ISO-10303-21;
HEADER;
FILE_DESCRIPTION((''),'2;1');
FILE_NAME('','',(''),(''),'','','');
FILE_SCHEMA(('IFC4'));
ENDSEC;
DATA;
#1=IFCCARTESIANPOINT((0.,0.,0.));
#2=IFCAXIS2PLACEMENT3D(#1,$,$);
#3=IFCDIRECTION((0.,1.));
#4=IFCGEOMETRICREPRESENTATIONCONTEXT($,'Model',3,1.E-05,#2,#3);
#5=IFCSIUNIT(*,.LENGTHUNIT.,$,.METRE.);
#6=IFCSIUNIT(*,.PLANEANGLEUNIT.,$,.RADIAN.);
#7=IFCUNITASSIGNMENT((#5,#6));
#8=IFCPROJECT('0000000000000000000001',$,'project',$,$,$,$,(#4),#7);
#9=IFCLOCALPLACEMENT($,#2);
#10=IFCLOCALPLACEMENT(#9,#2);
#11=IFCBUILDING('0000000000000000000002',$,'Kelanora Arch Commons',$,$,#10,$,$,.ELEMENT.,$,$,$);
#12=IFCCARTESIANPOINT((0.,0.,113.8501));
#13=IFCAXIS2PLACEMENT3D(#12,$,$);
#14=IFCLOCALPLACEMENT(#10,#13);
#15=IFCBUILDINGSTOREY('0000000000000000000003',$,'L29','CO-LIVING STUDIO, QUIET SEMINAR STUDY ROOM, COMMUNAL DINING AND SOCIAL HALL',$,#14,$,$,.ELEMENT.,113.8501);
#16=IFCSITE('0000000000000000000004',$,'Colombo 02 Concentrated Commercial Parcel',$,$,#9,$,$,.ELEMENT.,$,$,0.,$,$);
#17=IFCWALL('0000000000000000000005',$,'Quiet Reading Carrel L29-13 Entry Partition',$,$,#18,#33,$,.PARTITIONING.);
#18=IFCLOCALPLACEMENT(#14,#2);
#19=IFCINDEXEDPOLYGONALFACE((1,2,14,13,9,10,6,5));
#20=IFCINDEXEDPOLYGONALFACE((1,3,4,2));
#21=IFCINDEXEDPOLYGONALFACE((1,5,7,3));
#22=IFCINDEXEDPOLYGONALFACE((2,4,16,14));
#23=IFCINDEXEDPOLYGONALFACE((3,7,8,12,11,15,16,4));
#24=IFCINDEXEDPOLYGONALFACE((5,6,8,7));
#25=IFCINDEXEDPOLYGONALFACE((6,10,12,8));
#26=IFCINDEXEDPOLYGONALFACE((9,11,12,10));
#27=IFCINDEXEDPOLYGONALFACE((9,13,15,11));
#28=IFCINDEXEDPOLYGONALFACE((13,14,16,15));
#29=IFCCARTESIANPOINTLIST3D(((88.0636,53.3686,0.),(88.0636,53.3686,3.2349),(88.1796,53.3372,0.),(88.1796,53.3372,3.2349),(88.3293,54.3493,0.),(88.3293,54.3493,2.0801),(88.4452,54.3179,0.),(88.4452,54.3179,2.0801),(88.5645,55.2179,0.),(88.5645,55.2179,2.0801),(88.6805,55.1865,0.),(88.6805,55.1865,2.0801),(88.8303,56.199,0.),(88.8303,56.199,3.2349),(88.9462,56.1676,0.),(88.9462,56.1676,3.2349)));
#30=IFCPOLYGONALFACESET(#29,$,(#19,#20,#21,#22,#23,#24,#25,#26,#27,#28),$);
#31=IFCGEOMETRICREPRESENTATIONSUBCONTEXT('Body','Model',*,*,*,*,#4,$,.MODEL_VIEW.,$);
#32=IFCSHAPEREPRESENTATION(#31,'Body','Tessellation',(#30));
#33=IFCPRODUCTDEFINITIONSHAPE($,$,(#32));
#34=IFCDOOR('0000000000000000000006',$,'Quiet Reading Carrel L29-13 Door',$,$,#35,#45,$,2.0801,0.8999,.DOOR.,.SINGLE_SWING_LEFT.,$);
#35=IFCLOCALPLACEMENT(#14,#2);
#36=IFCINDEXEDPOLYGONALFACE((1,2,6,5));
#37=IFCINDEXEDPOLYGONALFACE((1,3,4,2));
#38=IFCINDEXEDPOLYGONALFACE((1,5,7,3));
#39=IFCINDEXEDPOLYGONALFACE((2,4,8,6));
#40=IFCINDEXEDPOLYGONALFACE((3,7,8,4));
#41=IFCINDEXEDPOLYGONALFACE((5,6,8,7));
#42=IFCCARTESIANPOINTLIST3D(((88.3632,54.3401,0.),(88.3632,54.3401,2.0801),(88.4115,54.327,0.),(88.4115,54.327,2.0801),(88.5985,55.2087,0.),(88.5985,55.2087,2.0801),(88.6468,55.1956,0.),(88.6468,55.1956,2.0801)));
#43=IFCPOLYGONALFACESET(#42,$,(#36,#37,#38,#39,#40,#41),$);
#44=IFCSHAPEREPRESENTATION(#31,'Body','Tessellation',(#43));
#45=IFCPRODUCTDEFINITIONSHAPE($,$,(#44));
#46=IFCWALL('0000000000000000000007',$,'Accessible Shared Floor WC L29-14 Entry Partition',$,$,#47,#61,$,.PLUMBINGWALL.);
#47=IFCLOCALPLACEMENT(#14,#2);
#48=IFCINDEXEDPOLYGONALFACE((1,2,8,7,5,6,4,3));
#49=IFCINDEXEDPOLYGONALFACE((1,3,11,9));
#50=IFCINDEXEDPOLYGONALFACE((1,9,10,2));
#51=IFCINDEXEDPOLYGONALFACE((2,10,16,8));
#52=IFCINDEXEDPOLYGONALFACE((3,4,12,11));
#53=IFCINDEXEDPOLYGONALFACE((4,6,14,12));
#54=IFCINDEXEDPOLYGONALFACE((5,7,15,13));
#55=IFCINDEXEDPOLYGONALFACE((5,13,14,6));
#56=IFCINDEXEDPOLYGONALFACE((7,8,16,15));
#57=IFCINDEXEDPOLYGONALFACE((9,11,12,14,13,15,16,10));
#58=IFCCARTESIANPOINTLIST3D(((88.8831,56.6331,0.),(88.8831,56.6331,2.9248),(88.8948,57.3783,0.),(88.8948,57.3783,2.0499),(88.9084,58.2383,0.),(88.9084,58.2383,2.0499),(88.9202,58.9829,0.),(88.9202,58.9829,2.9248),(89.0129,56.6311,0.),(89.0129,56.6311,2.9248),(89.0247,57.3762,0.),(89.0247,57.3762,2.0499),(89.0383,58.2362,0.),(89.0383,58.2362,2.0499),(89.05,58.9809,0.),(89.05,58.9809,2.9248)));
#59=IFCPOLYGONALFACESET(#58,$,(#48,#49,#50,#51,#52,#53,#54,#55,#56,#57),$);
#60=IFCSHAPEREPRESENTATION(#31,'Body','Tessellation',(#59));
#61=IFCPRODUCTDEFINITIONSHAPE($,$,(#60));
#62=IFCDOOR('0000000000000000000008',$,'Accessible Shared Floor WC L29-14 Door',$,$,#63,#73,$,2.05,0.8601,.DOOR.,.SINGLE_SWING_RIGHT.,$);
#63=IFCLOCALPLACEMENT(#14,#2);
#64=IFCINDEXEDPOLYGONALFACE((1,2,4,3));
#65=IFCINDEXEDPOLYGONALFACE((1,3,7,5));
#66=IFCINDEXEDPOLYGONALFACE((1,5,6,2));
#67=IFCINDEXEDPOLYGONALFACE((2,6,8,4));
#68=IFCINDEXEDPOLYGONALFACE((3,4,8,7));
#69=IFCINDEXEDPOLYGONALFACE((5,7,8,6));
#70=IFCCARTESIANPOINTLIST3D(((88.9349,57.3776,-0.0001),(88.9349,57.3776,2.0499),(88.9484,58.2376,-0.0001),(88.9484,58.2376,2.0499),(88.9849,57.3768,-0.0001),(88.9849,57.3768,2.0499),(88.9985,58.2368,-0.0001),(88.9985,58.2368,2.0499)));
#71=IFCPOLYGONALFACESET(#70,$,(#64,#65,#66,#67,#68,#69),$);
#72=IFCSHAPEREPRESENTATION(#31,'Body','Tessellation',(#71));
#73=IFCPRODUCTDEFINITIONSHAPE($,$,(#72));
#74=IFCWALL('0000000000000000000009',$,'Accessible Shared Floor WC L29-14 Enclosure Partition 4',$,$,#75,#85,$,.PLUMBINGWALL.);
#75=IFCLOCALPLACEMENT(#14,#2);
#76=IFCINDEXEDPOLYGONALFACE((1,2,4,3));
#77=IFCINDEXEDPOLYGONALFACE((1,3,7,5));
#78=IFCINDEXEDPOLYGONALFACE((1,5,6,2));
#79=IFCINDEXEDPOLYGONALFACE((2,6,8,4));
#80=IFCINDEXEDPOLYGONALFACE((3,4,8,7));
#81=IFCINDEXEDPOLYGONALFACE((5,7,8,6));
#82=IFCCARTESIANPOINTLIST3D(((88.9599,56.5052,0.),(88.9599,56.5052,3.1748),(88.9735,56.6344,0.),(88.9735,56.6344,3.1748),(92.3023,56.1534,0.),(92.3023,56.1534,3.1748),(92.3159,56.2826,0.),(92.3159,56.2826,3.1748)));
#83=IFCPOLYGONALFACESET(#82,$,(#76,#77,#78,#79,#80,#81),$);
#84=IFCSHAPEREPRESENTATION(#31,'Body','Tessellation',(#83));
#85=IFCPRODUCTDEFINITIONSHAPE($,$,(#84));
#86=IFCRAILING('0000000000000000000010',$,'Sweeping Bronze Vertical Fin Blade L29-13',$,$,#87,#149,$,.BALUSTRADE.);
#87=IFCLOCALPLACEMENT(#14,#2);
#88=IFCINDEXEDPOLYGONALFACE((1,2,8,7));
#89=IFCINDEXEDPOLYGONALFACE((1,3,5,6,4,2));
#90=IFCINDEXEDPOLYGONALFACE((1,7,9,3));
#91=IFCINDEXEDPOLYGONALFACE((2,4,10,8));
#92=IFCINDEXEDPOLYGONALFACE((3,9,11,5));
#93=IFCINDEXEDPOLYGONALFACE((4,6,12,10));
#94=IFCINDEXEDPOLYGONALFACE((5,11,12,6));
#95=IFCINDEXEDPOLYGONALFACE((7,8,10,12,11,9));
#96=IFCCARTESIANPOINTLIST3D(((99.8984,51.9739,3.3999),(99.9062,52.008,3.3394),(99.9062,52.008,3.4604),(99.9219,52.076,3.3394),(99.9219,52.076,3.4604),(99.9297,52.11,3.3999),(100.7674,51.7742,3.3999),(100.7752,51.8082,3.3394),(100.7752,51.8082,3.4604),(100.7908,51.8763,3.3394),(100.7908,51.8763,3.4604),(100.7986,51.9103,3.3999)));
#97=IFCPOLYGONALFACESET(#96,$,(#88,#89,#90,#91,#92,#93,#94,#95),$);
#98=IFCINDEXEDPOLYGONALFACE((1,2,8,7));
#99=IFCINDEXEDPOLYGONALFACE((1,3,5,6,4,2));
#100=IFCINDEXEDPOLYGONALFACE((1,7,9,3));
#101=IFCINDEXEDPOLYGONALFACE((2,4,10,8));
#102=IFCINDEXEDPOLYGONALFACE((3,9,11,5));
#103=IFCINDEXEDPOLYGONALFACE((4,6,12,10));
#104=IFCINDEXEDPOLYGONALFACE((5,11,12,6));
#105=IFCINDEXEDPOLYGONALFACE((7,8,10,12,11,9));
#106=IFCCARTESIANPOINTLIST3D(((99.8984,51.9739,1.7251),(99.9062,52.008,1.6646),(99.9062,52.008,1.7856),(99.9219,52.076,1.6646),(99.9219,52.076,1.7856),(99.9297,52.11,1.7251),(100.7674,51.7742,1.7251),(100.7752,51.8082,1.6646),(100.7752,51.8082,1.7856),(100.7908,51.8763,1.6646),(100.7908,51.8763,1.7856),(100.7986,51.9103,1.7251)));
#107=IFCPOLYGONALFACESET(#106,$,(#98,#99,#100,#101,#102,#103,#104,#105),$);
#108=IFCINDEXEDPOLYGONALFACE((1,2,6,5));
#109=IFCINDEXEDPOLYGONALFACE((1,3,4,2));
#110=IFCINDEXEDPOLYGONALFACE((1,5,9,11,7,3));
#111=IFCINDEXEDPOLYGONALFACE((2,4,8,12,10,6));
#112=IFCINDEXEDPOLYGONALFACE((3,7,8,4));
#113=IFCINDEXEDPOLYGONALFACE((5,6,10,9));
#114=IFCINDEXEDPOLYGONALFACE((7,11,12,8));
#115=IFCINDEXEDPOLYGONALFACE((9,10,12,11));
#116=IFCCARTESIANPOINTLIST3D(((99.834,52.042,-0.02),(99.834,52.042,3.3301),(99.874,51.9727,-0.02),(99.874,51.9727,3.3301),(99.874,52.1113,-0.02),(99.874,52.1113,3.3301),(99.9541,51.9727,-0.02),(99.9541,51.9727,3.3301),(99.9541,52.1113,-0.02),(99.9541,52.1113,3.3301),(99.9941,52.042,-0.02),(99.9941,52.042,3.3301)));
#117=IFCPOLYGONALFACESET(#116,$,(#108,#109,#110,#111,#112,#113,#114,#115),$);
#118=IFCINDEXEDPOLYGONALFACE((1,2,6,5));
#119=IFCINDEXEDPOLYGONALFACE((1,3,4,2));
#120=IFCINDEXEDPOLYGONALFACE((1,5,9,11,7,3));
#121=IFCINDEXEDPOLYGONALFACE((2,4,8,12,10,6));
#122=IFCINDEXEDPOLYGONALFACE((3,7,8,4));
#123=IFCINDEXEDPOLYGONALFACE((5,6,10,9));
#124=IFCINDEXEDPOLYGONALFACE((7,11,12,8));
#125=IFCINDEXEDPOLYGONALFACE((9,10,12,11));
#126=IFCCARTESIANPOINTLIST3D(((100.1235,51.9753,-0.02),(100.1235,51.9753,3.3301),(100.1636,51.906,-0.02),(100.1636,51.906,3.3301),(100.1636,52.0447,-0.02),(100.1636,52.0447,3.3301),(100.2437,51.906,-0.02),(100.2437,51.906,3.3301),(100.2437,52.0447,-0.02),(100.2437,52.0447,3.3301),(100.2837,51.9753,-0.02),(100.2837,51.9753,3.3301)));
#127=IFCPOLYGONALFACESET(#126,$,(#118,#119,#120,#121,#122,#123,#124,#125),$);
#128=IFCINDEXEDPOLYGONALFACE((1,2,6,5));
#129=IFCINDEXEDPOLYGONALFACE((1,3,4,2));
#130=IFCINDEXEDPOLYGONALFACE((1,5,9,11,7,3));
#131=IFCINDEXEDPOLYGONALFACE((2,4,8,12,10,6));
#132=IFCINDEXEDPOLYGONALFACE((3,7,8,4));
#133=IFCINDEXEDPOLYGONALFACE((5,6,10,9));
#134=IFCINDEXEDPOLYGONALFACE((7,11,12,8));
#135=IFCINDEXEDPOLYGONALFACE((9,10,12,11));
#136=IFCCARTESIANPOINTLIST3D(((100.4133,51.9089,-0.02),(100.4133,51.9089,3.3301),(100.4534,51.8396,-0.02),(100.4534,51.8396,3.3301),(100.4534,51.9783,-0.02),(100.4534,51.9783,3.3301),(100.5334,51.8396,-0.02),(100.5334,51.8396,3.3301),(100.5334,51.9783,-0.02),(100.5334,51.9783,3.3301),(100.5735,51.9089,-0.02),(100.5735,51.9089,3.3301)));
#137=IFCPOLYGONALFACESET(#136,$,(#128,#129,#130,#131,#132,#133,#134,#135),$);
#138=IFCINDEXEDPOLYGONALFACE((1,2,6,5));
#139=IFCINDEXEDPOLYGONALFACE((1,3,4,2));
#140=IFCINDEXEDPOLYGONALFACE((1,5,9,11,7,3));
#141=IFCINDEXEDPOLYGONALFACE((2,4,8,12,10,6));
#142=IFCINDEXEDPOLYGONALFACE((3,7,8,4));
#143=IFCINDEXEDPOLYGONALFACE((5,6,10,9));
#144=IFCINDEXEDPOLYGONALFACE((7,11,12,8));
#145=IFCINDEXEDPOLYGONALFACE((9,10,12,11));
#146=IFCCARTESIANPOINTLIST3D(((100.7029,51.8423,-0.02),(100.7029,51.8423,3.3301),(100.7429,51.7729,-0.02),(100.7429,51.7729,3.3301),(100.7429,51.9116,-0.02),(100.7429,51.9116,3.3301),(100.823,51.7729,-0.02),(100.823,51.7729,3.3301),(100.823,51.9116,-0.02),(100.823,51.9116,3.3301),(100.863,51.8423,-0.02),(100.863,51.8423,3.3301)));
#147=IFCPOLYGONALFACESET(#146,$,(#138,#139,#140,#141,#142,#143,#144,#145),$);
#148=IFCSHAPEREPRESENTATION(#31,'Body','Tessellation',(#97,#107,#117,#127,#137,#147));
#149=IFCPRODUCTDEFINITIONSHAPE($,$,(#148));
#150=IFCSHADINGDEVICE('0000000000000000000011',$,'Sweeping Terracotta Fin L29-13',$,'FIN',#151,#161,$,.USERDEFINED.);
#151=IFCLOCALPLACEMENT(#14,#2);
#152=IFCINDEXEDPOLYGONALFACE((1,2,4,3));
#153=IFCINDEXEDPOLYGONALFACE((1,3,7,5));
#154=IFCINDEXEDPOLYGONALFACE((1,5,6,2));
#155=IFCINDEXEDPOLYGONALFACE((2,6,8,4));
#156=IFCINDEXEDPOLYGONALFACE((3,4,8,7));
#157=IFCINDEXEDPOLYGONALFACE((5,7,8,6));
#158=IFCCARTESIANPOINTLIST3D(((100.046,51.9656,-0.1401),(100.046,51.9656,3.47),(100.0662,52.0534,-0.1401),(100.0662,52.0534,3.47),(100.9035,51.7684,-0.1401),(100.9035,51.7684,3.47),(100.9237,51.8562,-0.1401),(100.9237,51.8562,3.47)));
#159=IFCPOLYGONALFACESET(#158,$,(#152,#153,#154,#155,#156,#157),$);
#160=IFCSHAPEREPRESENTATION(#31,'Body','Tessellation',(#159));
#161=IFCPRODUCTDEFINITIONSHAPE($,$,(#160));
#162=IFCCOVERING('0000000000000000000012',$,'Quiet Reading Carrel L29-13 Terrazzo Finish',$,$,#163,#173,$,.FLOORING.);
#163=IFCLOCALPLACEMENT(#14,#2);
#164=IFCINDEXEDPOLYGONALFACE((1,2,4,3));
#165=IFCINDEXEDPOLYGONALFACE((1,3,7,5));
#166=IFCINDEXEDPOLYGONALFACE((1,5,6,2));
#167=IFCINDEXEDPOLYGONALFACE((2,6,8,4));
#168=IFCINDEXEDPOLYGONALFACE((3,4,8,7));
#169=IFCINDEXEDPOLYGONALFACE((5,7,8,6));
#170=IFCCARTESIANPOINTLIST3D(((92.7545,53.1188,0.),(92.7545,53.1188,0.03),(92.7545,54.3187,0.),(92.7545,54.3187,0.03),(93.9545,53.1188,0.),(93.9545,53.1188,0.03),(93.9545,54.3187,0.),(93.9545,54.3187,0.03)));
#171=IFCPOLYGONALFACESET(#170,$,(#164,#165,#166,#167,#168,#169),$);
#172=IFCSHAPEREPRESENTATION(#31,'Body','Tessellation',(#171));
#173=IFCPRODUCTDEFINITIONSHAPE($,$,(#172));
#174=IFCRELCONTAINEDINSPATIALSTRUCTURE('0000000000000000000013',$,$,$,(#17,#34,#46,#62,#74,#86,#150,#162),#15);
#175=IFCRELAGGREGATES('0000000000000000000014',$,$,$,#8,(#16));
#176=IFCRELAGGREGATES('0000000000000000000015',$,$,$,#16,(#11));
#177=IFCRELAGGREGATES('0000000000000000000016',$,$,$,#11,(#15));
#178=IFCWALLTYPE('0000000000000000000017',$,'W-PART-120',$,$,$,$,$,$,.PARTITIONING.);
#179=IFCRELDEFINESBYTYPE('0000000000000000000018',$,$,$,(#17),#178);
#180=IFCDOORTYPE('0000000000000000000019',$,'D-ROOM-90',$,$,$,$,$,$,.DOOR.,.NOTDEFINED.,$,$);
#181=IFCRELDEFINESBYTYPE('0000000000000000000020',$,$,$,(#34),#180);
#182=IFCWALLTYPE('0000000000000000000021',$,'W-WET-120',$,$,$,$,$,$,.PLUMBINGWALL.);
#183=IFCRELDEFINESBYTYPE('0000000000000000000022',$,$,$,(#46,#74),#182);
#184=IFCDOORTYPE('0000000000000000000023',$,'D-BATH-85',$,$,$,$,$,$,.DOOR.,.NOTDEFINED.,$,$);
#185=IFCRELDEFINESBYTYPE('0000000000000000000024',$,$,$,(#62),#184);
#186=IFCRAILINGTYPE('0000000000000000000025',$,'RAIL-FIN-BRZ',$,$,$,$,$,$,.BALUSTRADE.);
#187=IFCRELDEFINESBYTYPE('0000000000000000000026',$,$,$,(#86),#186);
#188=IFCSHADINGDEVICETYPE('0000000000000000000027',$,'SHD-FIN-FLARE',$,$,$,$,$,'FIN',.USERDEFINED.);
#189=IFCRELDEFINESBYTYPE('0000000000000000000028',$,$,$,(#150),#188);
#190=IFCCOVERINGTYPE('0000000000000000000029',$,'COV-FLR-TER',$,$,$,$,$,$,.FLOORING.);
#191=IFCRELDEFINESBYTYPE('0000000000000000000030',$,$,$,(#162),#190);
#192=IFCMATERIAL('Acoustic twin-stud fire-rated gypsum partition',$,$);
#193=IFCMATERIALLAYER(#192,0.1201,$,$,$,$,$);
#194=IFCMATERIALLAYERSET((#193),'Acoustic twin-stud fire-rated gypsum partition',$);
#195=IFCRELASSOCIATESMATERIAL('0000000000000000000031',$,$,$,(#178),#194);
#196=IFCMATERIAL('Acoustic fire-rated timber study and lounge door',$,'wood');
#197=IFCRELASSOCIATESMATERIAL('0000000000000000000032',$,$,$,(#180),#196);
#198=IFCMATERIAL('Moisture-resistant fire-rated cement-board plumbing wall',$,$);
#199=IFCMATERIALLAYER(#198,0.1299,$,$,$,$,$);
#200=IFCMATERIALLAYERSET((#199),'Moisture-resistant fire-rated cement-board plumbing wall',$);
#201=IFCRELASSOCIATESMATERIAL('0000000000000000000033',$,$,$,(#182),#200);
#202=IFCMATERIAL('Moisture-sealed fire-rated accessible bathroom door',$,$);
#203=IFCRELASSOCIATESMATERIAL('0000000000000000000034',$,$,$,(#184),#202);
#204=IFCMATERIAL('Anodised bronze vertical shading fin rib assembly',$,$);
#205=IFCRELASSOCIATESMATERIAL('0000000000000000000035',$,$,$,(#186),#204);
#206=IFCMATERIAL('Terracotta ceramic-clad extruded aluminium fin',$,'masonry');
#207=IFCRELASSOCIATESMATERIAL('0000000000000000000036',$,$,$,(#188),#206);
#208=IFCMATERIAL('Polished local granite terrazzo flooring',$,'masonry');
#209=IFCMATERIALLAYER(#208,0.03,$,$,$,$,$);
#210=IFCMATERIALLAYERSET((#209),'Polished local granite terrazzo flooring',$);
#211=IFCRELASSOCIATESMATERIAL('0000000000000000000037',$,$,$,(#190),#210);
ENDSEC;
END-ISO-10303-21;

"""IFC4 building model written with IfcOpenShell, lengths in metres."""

from ifc_helpers import new_model, si_unit, direction, frame, frame_2d, origin, origin_2d, place, context, subcontext, project, spatial, polyline, rectangle, outline, extrude, source, transform, mapped, material, layer, layer_set, type_object, element, fill, save


model = new_model("IFC4")

# Units and contexts
model_context = context("Model", 3, precision=1e-05, world=origin(), true_north=direction((0.0, 1.0)))
body_context = subcontext(model_context, "Body", "Model", "MODEL_VIEW")
ifc_project = project(units=[si_unit("LENGTHUNIT", "METRE"), si_unit("PLANEANGLEUNIT", "RADIAN")], contexts=[model_context])

# Site, building, storey
site_placement = place(None, origin())
site = spatial("IfcSite", under=ifc_project, at=site_placement, Name="Colombo 02 Concentrated Commercial Parcel", CompositionType="ELEMENT", RefElevation=0.0)
building_placement = place(site_placement, origin())
building = spatial("IfcBuilding", under=site, at=building_placement, Name="Kelanora Arch Commons", CompositionType="ELEMENT")
storey_placement = place(building_placement, frame((0.0, 0.0, 113.8501)))
storey = spatial("IfcBuildingStorey", under=building, at=storey_placement, Name="L29", Description="CO-LIVING STUDIO, QUIET SEMINAR STUDY ROOM, COMMUNAL DINING AND SOCIAL HALL", CompositionType="ELEMENT", Elevation=113.8501)

# Walls, openings, doors
ifc_material_1 = material(Name="Acoustic twin-stud fire-rated gypsum partition")
ifc_layer_1 = layer(ifc_material_1, 0.1201)
ifc_layer_set_1 = layer_set([ifc_layer_1], Name="Acoustic twin-stud fire-rated gypsum partition")
wall_type_1 = type_object("IfcWallType", Name="W-PART-120", PredefinedType="PARTITIONING", material=ifc_layer_set_1)
ifc_material_2 = material(Name="Acoustic fire-rated timber study and lounge door", Category="wood")
door_type_1 = type_object("IfcDoorType", Name="D-ROOM-90", OperationType="NOTDEFINED", PredefinedType="DOOR", material=ifc_material_2)
wall_1_placement = place(storey_placement, frame((88.1216, 53.3528, 0.0), z_axis=(0.0, 0.0, 1.0), x_axis=(0.261433, 0.965222, 0.0)))
wall_1 = element("IfcWall", 1, at=wall_1_placement, inside=storey, type_object=wall_type_1, Name="Quiet Reading Carrel L29-13 Entry Partition", PredefinedType="PARTITIONING", context=body_context, shape_type="SweptSolid", body=[
    extrude(rectangle(XDim=2.9324, YDim=0.1201, at=frame_2d((1.4663, 0.0))), origin(), (0.0, 0.0, 1.0), 3.2349),
])
opening_1_placement = place(wall_1_placement, frame((1.0161, 0.0, 0.0)))
opening_1 = element("IfcOpeningElement", 2, at=opening_1_placement, cuts=wall_1, PredefinedType="OPENING", context=body_context, shape_type="SweptSolid", body=[
    extrude(rectangle(XDim=0.8999, YDim=2.0801, at=frame_2d((0.45, 1.04))), frame((0.0, 0.0701, 0.0), z_axis=(0.0, -1.0, 0.0), x_axis=(1.0, 0.0, 0.0)), (0.0, 0.0, 1.0), 0.1401),
])
door_1_placement = place(opening_1_placement, origin())
door_1 = element("IfcDoor", 3, at=door_1_placement, inside=storey, type_object=door_type_1, Name="Quiet Reading Carrel L29-13 Door", OperationType="SINGLE_SWING_LEFT", OverallHeight=2.0801, OverallWidth=0.8999, PredefinedType="DOOR", context=body_context, shape_type="SweptSolid", body=[
    extrude(rectangle(XDim=0.8999, YDim=2.0801, at=frame_2d((0.45, 1.04))), frame((0.0, 0.0249, 0.0), z_axis=(0.0, -1.0, 0.0), x_axis=(1.0, 0.0, 0.0)), (0.0, 0.0, 1.0), 0.05),
])
fill(opening_1, door_1)
ifc_material_3 = material(Name="Moisture-resistant fire-rated cement-board plumbing wall")
ifc_layer_2 = layer(ifc_material_3, 0.1299)
ifc_layer_set_2 = layer_set([ifc_layer_2], Name="Moisture-resistant fire-rated cement-board plumbing wall")
wall_type_2 = type_object("IfcWallType", Name="W-WET-120", PredefinedType="PLUMBINGWALL", material=ifc_layer_set_2)
wall_2_placement = place(storey_placement, frame((88.948, 56.6321, 0.0), z_axis=(0.0, 0.0, 1.0), x_axis=(0.01579, 0.999875, 0.0)))
wall_2 = element("IfcWall", 4, at=wall_2_placement, inside=storey, type_object=wall_type_2, Name="Accessible Shared Floor WC L29-14 Entry Partition", PredefinedType="PLUMBINGWALL", context=body_context, shape_type="SweptSolid", body=[
    extrude(rectangle(XDim=2.3501, YDim=0.1299, at=frame_2d((1.175, 0.0))), origin(), (0.0, 0.0, 1.0), 2.9248),
])
opening_2_placement = place(wall_2_placement, frame((0.7451, 0.0, 0.0)))
opening_2 = element("IfcOpeningElement", 5, at=opening_2_placement, cuts=wall_2, PredefinedType="OPENING", context=body_context, shape_type="SweptSolid", body=[
    extrude(rectangle(XDim=0.8601, YDim=2.05, at=frame_2d((0.4302, 1.0249))), frame((0.0, 0.075, 0.0), z_axis=(0.0, -1.0, 0.0), x_axis=(1.0, 0.0, 0.0)), (0.0, 0.0, 1.0), 0.1499),
])
ifc_material_4 = material(Name="Moisture-sealed fire-rated accessible bathroom door")
door_type_2 = type_object("IfcDoorType", Name="D-BATH-85", OperationType="NOTDEFINED", PredefinedType="DOOR", material=ifc_material_4)
door_2_placement = place(opening_2_placement, origin())
door_2 = element("IfcDoor", 6, at=door_2_placement, inside=storey, type_object=door_type_2, Name="Accessible Shared Floor WC L29-14 Door", OperationType="SINGLE_SWING_RIGHT", OverallHeight=2.05, OverallWidth=0.8601, PredefinedType="DOOR", context=body_context, shape_type="SweptSolid", body=[
    extrude(rectangle(XDim=0.8601, YDim=2.05, at=frame_2d((0.4302, 1.0249))), frame((0.0, 0.0249, 0.0), z_axis=(0.0, -1.0, 0.0), x_axis=(1.0, 0.0, 0.0)), (0.0, 0.0, 1.0), 0.05),
])
fill(opening_2, door_2)

# Wall
wall_3_placement = place(storey_placement, frame((92.3091, 56.218, 0.0), z_axis=(0.0, 0.0, 1.0), x_axis=(-0.994506, 0.104681, 0.0)))
element("IfcWall", 7, at=wall_3_placement, inside=storey, type_object=wall_type_2, Name="Accessible Shared Floor WC L29-14 Enclosure Partition 4", PredefinedType="PLUMBINGWALL", context=body_context, shape_type="SweptSolid", body=[
    extrude(rectangle(XDim=3.3608, YDim=0.1299, at=frame_2d((1.6804, 0.0))), origin(), (0.0, 0.0, 1.0), 3.1748),
])

# Railing
ifc_material_5 = material(Name="Anodised bronze vertical shading fin rib assembly")
railing_type_1 = type_object("IfcRailingType", Name="RAIL-FIN-BRZ", PredefinedType="BALUSTRADE", material=ifc_material_5)
railing_1_placement = place(storey_placement, frame((99.9141, 52.042, -0.02)))
element("IfcRailing", 8, at=railing_1_placement, inside=storey, type_object=railing_type_1, Name="Sweeping Bronze Vertical Fin Blade L29-13", PredefinedType="BALUSTRADE", context=body_context, shape_type="SweptSolid", body=[
    extrude(outline(polyline([(0.0698, 0.0), (0.0349, 0.0605), (-0.0349, 0.0605), (-0.0698, 0.0), (-0.0349, -0.0605), (0.0349, -0.0605), (0.0698, 0.0)])), frame((0.0, 0.0, 3.4199), z_axis=(0.974589, -0.223999, 0.0), x_axis=(0.223999, 0.974589, 0.0)), (0.0, 0.0, 1.0), 0.8916),
    extrude(outline(polyline([(0.0698, 0.0), (0.0349, 0.0605), (-0.0349, 0.0605), (-0.0698, 0.0), (-0.0349, -0.0605), (0.0349, -0.0605), (0.0698, 0.0)])), frame((0.0, 0.0, 1.7451), z_axis=(0.974589, -0.223999, 0.0), x_axis=(0.223999, 0.974589, 0.0)), (0.0, 0.0, 1.0), 0.8916),
    extrude(outline(polyline([(0.0801, 0.0), (0.04, 0.0693), (-0.04, 0.0693), (-0.0801, 0.0), (-0.04, -0.0693), (0.04, -0.0693), (0.0801, 0.0)])), origin(), (0.0, 0.0, 1.0), 3.3501),
    extrude(outline(polyline([(0.0801, 0.0), (0.04, 0.0693), (-0.04, 0.0693), (-0.0801, 0.0), (-0.04, -0.0693), (0.04, -0.0693), (0.0801, 0.0)])), frame((0.2896, -0.0667, 0.0)), (0.0, 0.0, 1.0), 3.3501),
    extrude(outline(polyline([(0.0801, 0.0), (0.04, 0.0693), (-0.04, 0.0693), (-0.0801, 0.0), (-0.04, -0.0693), (0.04, -0.0693), (0.0801, 0.0)])), frame((0.5793, -0.1331, 0.0)), (0.0, 0.0, 1.0), 3.3501),
    extrude(outline(polyline([(0.0801, 0.0), (0.04, 0.0693), (-0.04, 0.0693), (-0.0801, 0.0), (-0.04, -0.0693), (0.04, -0.0693), (0.0801, 0.0)])), frame((0.8689, -0.1997, 0.0)), (0.0, 0.0, 1.0), 3.3501),
])

# Shading device
ifc_material_6 = material(Name="Terracotta ceramic-clad extruded aluminium fin", Category="masonry")
shading_device_type = type_object("IfcShadingDeviceType", Name="SHD-FIN-FLARE", ElementType="FIN", PredefinedType="USERDEFINED", material=ifc_material_6)
shared_shape_1 = source(origin(), body_context, "Body", "SweptSolid", [
    extrude(rectangle(XDim=0.8799, YDim=0.0901, at=origin_2d()), origin(), (0.0, 0.0, 1.0), 3.6101),
])
shading_device_placement = place(storey_placement, frame((100.4849, 51.9109, -0.1401), z_axis=(0.0, 0.0, 1.0), x_axis=(0.974566, -0.224101, 0.0)))
element("IfcShadingDevice", 9, at=shading_device_placement, inside=storey, type_object=shading_device_type, Name="Sweeping Terracotta Fin L29-13", ObjectType="FIN", PredefinedType="USERDEFINED", context=body_context, shape_type="MappedRepresentation", body=[
    mapped(shared_shape_1, transform((0.0, 0.0, 0.0), scale=1.0)),
])

# Covering
ifc_material_7 = material(Name="Polished local granite terrazzo flooring", Category="masonry")
ifc_layer_3 = layer(ifc_material_7, 0.03)
ifc_layer_set_3 = layer_set([ifc_layer_3], Name="Polished local granite terrazzo flooring")
covering_type = type_object("IfcCoveringType", Name="COV-FLR-TER", PredefinedType="FLOORING", material=ifc_layer_set_3)
shared_shape_2 = source(origin(), body_context, "Body", "SweptSolid", [
    extrude(rectangle(XDim=1.2, YDim=1.2, at=origin_2d()), origin(), (0.0, 0.0, 1.0), 0.03),
])
covering_placement = place(storey_placement, frame((93.3545, 53.7188, 0.0), z_axis=(0.0, 0.0, 1.0), x_axis=(1.0, 0.0, 0.0)))
element("IfcCovering", 10, at=covering_placement, inside=storey, type_object=covering_type, Name="Quiet Reading Carrel L29-13 Terrazzo Finish", PredefinedType="FLOORING", context=body_context, shape_type="MappedRepresentation", body=[
    mapped(shared_shape_2, transform((0.0, 0.0, 0.0), scale=1.0)),
])

save(model, "model.ifc")
